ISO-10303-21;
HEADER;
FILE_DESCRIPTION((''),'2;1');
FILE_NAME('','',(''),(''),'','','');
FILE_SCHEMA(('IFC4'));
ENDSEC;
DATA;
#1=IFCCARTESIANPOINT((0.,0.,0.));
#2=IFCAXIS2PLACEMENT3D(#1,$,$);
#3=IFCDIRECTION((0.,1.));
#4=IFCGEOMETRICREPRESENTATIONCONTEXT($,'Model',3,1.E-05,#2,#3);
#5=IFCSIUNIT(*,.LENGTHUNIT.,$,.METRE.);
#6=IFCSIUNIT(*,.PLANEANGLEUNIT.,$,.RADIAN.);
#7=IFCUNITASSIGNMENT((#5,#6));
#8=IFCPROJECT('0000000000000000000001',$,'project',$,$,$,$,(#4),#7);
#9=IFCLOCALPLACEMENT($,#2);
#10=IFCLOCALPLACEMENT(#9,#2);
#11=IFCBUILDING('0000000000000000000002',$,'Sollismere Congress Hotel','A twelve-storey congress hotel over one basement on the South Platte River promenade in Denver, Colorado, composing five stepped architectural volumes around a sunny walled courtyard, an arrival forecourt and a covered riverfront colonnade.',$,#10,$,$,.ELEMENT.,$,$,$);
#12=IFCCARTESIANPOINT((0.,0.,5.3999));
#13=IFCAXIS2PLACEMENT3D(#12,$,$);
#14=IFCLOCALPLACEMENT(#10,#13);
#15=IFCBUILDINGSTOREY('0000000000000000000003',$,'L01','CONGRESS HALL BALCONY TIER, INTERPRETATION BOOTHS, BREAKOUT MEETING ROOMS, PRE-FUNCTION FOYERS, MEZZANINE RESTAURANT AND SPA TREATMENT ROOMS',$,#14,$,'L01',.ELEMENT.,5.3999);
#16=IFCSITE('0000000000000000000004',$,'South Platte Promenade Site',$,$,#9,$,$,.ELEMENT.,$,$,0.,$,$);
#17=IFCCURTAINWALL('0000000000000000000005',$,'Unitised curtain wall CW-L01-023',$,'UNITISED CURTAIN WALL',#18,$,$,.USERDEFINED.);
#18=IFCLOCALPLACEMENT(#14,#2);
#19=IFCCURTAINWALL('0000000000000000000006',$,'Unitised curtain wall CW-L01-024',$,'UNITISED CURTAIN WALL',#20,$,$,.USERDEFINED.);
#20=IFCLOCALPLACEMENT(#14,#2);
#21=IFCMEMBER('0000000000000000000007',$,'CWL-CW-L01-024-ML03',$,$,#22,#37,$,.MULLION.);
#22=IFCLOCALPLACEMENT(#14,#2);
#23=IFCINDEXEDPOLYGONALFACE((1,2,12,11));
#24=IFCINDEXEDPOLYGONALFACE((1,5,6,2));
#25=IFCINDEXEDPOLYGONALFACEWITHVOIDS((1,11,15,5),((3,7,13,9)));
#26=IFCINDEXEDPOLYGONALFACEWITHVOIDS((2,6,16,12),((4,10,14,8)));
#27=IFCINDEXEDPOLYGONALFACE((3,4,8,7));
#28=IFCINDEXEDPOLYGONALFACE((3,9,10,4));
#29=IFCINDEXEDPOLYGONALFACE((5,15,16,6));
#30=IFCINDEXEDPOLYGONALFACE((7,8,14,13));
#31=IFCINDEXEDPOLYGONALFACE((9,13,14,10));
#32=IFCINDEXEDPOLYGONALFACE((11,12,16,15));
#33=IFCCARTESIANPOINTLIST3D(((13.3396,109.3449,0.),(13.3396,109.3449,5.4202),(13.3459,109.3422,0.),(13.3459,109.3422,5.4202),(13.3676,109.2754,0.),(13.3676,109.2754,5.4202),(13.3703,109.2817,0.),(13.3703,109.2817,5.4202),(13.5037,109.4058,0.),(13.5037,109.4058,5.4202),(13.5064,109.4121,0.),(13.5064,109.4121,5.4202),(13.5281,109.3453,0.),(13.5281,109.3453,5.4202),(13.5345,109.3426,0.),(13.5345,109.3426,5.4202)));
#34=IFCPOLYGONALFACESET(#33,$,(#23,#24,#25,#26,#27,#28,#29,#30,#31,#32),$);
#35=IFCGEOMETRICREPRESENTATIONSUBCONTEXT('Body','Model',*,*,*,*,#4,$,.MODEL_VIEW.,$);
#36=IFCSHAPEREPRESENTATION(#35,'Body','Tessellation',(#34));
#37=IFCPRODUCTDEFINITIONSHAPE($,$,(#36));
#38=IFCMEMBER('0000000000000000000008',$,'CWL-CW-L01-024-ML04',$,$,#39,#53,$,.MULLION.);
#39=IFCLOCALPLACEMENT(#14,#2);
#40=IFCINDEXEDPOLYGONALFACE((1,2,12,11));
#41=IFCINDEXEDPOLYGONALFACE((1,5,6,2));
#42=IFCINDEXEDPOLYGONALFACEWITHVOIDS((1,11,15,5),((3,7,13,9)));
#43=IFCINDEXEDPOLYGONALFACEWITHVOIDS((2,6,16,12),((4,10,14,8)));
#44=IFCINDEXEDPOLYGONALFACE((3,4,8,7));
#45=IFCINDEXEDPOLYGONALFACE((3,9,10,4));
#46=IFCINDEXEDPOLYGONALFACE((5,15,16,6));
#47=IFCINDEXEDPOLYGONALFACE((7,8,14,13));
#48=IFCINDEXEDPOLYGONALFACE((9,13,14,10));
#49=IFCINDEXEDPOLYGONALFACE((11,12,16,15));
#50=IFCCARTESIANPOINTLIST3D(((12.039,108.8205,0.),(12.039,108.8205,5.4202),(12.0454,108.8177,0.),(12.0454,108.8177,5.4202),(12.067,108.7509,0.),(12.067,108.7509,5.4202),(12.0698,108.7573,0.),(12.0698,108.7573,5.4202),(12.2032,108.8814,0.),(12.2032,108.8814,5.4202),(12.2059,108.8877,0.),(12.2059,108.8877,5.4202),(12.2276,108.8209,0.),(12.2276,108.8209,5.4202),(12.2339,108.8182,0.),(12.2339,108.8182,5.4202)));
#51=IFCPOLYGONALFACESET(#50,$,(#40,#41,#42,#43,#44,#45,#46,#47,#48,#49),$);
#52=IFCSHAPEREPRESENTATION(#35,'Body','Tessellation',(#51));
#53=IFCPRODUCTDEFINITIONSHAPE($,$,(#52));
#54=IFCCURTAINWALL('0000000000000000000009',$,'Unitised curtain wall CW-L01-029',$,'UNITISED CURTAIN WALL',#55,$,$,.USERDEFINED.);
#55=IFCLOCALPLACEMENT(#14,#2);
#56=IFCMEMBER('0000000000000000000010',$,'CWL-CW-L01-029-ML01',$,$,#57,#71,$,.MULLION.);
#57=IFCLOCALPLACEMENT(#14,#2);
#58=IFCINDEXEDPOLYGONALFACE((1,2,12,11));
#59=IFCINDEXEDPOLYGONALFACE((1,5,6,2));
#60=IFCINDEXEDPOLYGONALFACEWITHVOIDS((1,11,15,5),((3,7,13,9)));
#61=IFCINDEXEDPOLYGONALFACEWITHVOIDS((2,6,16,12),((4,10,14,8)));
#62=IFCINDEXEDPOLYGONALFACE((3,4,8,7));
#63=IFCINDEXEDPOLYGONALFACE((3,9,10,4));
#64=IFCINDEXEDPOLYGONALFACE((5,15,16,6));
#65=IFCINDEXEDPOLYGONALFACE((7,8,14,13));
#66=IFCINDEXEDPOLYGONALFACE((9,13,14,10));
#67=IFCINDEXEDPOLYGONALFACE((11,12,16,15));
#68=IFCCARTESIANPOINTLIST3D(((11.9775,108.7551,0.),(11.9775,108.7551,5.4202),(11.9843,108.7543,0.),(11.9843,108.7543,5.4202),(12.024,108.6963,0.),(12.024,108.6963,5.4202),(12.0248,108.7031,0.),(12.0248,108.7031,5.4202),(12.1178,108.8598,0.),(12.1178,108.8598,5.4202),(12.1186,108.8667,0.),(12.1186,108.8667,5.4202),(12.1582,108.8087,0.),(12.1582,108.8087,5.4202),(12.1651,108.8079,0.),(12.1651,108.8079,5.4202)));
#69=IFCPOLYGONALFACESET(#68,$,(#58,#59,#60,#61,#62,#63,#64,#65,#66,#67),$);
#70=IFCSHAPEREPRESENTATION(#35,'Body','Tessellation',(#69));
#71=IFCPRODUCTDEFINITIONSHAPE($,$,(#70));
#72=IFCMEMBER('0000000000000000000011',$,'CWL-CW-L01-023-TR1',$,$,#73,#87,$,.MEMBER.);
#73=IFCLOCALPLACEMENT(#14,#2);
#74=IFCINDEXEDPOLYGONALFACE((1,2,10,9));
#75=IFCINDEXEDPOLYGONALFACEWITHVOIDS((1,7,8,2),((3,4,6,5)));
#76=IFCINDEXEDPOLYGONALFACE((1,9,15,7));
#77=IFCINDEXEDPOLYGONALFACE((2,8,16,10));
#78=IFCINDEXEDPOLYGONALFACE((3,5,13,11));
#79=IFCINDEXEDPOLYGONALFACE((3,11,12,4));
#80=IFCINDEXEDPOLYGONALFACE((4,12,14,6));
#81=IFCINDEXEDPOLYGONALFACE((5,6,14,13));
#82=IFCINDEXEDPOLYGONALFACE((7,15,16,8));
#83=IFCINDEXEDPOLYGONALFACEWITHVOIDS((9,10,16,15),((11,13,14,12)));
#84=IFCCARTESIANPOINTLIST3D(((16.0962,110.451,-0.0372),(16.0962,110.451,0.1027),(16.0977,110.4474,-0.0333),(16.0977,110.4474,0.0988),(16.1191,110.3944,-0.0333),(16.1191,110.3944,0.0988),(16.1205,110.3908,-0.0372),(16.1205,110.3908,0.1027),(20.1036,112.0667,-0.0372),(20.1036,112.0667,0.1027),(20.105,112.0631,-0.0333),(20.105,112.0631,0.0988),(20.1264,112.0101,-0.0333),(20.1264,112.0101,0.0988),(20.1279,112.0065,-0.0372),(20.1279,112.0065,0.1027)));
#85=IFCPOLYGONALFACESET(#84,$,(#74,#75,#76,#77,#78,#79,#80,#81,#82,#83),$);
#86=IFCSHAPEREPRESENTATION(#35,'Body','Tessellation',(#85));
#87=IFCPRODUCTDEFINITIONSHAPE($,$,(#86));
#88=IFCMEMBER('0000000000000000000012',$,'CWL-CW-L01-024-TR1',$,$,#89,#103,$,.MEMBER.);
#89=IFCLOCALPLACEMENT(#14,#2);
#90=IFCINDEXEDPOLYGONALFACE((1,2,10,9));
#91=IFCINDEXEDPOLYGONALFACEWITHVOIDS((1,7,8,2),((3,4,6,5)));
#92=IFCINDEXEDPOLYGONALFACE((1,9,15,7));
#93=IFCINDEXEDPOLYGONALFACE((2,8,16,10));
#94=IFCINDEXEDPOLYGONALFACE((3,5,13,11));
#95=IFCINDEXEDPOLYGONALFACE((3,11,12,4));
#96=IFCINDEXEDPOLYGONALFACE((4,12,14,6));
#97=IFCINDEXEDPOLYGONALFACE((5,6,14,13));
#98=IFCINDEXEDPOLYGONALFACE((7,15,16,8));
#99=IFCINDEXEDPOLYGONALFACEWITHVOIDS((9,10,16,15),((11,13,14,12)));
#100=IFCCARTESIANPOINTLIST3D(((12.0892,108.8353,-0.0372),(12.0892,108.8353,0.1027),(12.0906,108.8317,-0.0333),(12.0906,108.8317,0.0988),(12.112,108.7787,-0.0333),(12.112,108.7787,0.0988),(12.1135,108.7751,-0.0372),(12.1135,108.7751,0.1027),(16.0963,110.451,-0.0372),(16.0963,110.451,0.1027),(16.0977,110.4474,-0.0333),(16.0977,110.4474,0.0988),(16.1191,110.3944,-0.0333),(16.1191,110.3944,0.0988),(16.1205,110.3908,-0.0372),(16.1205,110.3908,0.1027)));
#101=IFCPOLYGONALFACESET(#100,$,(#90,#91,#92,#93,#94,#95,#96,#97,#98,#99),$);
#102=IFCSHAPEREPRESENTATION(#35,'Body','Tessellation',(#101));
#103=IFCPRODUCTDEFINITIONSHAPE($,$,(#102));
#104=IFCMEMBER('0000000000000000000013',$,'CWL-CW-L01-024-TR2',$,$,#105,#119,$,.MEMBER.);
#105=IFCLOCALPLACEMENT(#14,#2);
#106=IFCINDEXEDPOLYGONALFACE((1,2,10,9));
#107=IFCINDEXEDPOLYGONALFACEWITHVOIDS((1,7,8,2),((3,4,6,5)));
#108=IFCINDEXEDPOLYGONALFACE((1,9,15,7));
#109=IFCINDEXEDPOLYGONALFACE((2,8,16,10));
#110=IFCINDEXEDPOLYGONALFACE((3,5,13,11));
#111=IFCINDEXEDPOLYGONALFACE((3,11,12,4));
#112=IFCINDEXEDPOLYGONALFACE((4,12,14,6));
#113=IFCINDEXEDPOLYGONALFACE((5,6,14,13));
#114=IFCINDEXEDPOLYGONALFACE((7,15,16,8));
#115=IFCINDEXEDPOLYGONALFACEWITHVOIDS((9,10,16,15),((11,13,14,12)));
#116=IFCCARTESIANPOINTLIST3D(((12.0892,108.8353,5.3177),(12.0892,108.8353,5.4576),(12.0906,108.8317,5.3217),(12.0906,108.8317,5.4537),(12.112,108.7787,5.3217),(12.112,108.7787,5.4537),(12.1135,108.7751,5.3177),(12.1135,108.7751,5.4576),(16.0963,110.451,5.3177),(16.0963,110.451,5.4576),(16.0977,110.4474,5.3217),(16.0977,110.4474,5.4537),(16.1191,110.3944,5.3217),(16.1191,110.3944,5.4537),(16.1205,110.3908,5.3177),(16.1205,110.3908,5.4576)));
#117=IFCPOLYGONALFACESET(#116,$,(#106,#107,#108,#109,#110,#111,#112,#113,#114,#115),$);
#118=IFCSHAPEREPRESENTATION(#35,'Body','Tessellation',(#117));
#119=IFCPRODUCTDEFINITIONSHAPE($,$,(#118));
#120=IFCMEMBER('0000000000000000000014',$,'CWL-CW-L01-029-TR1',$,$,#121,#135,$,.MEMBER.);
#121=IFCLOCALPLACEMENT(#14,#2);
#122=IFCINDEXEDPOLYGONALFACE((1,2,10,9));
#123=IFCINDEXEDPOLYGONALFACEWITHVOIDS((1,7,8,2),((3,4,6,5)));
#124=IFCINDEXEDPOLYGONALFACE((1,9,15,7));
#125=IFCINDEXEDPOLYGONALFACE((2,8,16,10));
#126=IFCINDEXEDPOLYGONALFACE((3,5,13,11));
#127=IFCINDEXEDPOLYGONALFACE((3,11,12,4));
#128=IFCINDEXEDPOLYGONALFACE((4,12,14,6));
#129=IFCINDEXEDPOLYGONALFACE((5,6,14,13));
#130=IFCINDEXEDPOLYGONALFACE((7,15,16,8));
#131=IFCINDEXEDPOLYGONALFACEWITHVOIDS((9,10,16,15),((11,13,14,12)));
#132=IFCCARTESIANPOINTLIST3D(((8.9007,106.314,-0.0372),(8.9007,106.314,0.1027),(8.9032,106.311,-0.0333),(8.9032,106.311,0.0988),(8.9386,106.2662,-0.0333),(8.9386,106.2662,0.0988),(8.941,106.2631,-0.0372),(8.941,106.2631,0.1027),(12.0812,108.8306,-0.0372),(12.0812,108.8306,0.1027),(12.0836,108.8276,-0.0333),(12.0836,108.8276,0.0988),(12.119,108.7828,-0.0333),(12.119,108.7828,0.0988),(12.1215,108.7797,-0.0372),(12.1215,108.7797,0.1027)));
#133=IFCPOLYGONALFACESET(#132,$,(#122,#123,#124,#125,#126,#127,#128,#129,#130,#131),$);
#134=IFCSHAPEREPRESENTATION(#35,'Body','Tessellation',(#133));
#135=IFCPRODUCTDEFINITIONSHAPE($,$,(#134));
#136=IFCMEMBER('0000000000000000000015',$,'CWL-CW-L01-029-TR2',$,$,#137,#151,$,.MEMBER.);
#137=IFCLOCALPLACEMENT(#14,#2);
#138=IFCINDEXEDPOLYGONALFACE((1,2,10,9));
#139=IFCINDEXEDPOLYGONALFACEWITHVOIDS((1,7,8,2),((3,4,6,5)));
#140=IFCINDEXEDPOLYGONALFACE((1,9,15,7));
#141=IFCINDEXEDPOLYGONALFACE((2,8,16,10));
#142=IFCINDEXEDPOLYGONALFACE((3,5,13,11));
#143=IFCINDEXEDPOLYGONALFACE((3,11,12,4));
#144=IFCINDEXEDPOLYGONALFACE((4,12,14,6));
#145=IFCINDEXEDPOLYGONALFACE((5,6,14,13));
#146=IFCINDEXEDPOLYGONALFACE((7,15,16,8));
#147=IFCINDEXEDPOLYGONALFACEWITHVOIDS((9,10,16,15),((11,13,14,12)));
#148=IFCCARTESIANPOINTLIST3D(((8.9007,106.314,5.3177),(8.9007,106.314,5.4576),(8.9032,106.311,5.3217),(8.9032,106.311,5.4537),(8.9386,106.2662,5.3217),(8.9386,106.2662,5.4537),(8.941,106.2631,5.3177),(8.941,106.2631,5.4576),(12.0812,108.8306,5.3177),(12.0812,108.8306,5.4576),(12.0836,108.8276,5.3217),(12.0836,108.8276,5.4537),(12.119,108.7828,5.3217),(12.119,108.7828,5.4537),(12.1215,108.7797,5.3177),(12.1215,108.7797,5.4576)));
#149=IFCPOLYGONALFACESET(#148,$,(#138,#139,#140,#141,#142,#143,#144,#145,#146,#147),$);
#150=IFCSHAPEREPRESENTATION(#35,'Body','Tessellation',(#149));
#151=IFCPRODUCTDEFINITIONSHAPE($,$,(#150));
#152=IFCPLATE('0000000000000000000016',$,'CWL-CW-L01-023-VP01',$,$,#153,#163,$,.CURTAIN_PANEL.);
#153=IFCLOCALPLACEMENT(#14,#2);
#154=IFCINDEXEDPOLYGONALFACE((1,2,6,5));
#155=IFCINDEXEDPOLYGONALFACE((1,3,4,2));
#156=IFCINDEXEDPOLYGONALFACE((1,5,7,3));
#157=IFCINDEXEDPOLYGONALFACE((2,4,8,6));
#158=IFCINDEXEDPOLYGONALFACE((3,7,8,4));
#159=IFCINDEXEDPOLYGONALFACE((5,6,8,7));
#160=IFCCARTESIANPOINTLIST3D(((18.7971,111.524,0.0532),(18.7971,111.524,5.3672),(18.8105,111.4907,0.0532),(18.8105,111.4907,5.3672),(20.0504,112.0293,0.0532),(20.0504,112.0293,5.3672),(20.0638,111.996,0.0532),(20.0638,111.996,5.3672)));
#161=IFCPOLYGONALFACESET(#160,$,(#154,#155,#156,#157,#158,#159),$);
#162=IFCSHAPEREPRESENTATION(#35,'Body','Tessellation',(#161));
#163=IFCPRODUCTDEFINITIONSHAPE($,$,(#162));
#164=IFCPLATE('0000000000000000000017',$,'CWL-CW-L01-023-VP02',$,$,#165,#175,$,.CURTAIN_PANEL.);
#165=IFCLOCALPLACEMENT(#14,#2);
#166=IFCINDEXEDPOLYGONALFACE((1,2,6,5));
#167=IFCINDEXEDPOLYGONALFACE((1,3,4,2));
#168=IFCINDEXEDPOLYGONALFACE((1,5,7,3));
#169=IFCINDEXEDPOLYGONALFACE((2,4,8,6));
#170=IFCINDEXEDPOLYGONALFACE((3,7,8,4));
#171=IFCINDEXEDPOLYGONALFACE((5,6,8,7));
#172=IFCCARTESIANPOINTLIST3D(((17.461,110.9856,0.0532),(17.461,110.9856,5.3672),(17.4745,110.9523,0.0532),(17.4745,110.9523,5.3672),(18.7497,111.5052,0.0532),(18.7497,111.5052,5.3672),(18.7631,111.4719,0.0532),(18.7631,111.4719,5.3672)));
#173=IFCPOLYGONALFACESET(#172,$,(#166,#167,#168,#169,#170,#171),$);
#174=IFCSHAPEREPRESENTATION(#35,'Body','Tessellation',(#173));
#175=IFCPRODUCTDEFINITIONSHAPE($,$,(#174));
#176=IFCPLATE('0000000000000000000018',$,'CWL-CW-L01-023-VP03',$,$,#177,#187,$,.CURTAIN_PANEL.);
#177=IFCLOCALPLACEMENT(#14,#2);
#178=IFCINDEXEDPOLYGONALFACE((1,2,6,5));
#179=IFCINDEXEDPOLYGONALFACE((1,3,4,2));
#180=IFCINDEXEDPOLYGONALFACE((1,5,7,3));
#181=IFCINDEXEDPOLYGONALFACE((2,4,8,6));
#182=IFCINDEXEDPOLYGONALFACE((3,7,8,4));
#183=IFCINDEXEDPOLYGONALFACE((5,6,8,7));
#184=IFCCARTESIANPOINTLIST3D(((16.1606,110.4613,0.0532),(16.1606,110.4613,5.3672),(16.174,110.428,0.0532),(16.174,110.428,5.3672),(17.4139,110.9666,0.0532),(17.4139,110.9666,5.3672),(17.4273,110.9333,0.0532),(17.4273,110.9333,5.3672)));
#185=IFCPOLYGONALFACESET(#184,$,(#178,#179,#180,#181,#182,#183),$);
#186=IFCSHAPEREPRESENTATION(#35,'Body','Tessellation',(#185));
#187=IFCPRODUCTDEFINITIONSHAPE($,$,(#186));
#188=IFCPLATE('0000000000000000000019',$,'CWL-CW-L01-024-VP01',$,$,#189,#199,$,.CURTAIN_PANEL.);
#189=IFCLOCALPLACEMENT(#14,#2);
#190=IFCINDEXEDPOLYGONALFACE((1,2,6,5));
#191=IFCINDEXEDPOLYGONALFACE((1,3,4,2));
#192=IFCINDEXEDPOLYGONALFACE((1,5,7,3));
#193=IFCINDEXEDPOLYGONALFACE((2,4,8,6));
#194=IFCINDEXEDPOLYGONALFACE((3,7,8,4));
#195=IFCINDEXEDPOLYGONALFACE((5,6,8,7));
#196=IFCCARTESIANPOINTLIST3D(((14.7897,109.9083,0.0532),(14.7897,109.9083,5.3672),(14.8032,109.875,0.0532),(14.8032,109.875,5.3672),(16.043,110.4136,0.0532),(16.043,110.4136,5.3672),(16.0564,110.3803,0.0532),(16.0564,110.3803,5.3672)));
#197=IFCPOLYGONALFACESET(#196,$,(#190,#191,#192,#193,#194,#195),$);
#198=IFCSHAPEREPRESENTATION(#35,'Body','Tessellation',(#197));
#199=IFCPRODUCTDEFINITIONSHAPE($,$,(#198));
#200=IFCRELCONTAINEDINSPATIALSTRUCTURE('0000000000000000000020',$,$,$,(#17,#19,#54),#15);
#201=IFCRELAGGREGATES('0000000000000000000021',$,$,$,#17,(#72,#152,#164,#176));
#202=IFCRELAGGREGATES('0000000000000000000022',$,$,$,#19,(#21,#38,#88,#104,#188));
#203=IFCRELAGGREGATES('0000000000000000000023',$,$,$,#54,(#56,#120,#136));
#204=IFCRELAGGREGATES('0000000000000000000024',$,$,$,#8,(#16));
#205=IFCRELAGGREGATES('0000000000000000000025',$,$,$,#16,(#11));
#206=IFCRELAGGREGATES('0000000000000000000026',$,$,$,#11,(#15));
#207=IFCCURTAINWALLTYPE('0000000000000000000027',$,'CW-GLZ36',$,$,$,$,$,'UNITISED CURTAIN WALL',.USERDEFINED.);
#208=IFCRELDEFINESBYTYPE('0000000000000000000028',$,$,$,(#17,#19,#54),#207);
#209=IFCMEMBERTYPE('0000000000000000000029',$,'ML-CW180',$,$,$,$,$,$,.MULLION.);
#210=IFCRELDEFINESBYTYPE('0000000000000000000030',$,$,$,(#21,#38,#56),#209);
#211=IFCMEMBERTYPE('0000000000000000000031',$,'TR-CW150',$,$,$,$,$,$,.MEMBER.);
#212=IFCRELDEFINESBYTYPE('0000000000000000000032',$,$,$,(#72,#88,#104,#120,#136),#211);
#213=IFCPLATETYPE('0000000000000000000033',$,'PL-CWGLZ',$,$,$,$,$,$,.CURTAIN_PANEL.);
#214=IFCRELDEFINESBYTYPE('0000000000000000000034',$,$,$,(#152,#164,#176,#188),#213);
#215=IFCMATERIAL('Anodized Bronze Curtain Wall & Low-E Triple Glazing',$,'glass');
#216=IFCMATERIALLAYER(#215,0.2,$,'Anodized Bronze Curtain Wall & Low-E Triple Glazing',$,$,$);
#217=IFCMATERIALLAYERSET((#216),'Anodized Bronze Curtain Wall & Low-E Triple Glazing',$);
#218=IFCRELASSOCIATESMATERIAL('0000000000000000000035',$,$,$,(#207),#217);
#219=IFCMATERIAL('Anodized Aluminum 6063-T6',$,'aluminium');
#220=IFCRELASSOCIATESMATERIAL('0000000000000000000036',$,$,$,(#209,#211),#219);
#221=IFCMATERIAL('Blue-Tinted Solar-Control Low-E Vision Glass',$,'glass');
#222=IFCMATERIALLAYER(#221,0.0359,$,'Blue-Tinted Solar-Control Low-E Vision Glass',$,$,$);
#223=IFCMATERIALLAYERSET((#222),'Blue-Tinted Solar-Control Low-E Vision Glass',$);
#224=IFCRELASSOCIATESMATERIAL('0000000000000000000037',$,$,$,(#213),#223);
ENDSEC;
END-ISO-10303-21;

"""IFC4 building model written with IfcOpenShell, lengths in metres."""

from ifc_helpers import new_model, si_unit, direction, frame, origin, origin_2d, place, context, subcontext, project, spatial, rectangle, hollow_rectangle, extrude, material, layer, layer_set, material_profile, profile_set, type_object, element, aggregate, save


model = new_model("IFC4")

# Units and contexts
model_context = context("Model", 3, precision=1e-05, world=origin(), true_north=direction((0.0, 1.0)))
body_context = subcontext(model_context, "Body", "Model", "MODEL_VIEW")
ifc_project = project(units=[si_unit("LENGTHUNIT", "METRE"), si_unit("PLANEANGLEUNIT", "RADIAN")], contexts=[model_context])

# Site, building, storey
site_placement = place(None, origin())
site = spatial("IfcSite", under=ifc_project, at=site_placement, Name="South Platte Promenade Site", CompositionType="ELEMENT", RefElevation=0.0)
building_placement = place(site_placement, origin())
building = spatial("IfcBuilding", under=site, at=building_placement, Name="Sollismere Congress Hotel", Description="A twelve-storey congress hotel over one basement on the South Platte River promenade in Denver, Colorado, composing five stepped architectural volumes around a sunny walled courtyard, an arrival forecourt and a covered riverfront colonnade.", CompositionType="ELEMENT")
storey_placement = place(building_placement, frame((0.0, 0.0, 5.3999)))
storey = spatial("IfcBuildingStorey", under=building, at=storey_placement, Name="L01", Description="CONGRESS HALL BALCONY TIER, INTERPRETATION BOOTHS, BREAKOUT MEETING ROOMS, PRE-FUNCTION FOYERS, MEZZANINE RESTAURANT AND SPA TREATMENT ROOMS", LongName="L01", CompositionType="ELEMENT", Elevation=5.3999)

# Curtain walls, members
ifc_material_1 = material(Name="Anodized Bronze Curtain Wall & Low-E Triple Glazing", Category="glass")
ifc_layer_1 = layer(ifc_material_1, 0.2, Name="Anodized Bronze Curtain Wall & Low-E Triple Glazing")
ifc_layer_set_1 = layer_set([ifc_layer_1], Name="Anodized Bronze Curtain Wall & Low-E Triple Glazing")
curtain_wall_type = type_object("IfcCurtainWallType", Name="CW-GLZ36", ElementType="UNITISED CURTAIN WALL", PredefinedType="USERDEFINED", material=ifc_layer_set_1)
curtain_wall_1_placement = place(storey_placement, origin())
curtain_wall_1 = element("IfcCurtainWall", 1, at=curtain_wall_1_placement, inside=storey, type_object=curtain_wall_type, Name="Unitised curtain wall CW-L01-023", ObjectType="UNITISED CURTAIN WALL", PredefinedType="USERDEFINED")
ifc_material_2 = material(Name="Anodized Aluminum 6063-T6", Category="aluminium")
ifc_material_profile_1 = material_profile(ifc_material_2, hollow_rectangle(XDim=0.075, YDim=0.1799, WallThickness=0.0049, at=origin_2d()), Name="ALU180X75X5")
ifc_profile_set_1 = profile_set([ifc_material_profile_1], Name="Anodized Aluminum 6063-T6")
member_type_1 = type_object("IfcMemberType", Name="ML-CW180", PredefinedType="MULLION", material=ifc_profile_set_1)
curtain_wall_2_placement = place(storey_placement, origin())
curtain_wall_2 = element("IfcCurtainWall", 2, at=curtain_wall_2_placement, inside=storey, type_object=curtain_wall_type, Name="Unitised curtain wall CW-L01-024", ObjectType="UNITISED CURTAIN WALL", PredefinedType="USERDEFINED")
member_1_placement = place(storey_placement, frame((13.437, 109.3438, 0.0), z_axis=(0.0, 0.0, 1.0), x_axis=(0.373943, -0.927452, 0.0)))
member_1 = element("IfcMember", 3, at=member_1_placement, type_object=member_type_1, Name="CWL-CW-L01-024-ML03", PredefinedType="MULLION", context=body_context, shape_type="SweptSolid", body=[
    extrude(hollow_rectangle(XDim=0.075, YDim=0.1799, WallThickness=0.0049, at=origin_2d()), origin(), (0.0, 0.0, 1.0), 5.4202),
])
member_2_placement = place(storey_placement, frame((12.1365, 108.8193, 0.0), z_axis=(0.0, 0.0, 1.0), x_axis=(0.373943, -0.927452, 0.0)))
member_2 = element("IfcMember", 4, at=member_2_placement, type_object=member_type_1, Name="CWL-CW-L01-024-ML04", PredefinedType="MULLION", context=body_context, shape_type="SweptSolid", body=[
    extrude(hollow_rectangle(XDim=0.075, YDim=0.1799, WallThickness=0.0049, at=origin_2d()), origin(), (0.0, 0.0, 1.0), 5.4202),
])

# Curtain wall, member
curtain_wall_3_placement = place(storey_placement, origin())
curtain_wall_3 = element("IfcCurtainWall", 5, at=curtain_wall_3_placement, inside=storey, type_object=curtain_wall_type, Name="Unitised curtain wall CW-L01-029", ObjectType="UNITISED CURTAIN WALL", PredefinedType="USERDEFINED")
member_3_placement = place(storey_placement, frame((12.0713, 108.7815, 0.0), z_axis=(0.0, 0.0, 1.0), x_axis=(0.620532, -0.784181, 0.0)))
member_3 = element("IfcMember", 6, at=member_3_placement, type_object=member_type_1, Name="CWL-CW-L01-029-ML01", PredefinedType="MULLION", context=body_context, shape_type="SweptSolid", body=[
    extrude(hollow_rectangle(XDim=0.075, YDim=0.1799, WallThickness=0.0049, at=origin_2d()), origin(), (0.0, 0.0, 1.0), 5.4202),
])

# Members
ifc_material_profile_2 = material_profile(ifc_material_2, hollow_rectangle(XDim=0.0649, YDim=0.1399, WallThickness=0.0039, at=origin_2d()), Name="ALU140X65X4")
ifc_profile_set_2 = profile_set([ifc_material_profile_2], Name="Anodized Aluminum 6063-T6")
member_type_2 = type_object("IfcMemberType", Name="TR-CW150", PredefinedType="MEMBER", material=ifc_profile_set_2)
member_4_placement = place(storey_placement, frame((20.1157, 112.0366, 0.0327), z_axis=(-0.927452, -0.373942, 0.0), x_axis=(0.373942, -0.927452, 0.0)))
member_4 = element("IfcMember", 7, at=member_4_placement, type_object=member_type_2, Name="CWL-CW-L01-023-TR1", PredefinedType="MEMBER", context=body_context, shape_type="SweptSolid", body=[
    extrude(hollow_rectangle(XDim=0.0649, YDim=0.1399, WallThickness=0.0039, at=origin_2d()), origin(), (0.0, 0.0, 1.0), 4.3208),
])
member_5_placement = place(storey_placement, frame((16.1084, 110.4209, 0.0327), z_axis=(-0.927444, -0.373961, 0.0), x_axis=(0.373961, -0.927444, 0.0)))
member_5 = element("IfcMember", 8, at=member_5_placement, type_object=member_type_2, Name="CWL-CW-L01-024-TR1", PredefinedType="MEMBER", context=body_context, shape_type="SweptSolid", body=[
    extrude(hollow_rectangle(XDim=0.0649, YDim=0.1399, WallThickness=0.0039, at=origin_2d()), origin(), (0.0, 0.0, 1.0), 4.3206),
])
member_6_placement = place(storey_placement, frame((16.1084, 110.4209, 5.3877), z_axis=(-0.927444, -0.373961, 0.0), x_axis=(0.373961, -0.927444, 0.0)))
member_6 = element("IfcMember", 9, at=member_6_placement, type_object=member_type_2, Name="CWL-CW-L01-024-TR2", PredefinedType="MEMBER", context=body_context, shape_type="SweptSolid", body=[
    extrude(hollow_rectangle(XDim=0.0649, YDim=0.1399, WallThickness=0.0039, at=origin_2d()), origin(), (0.0, 0.0, 1.0), 4.3206),
])
member_7_placement = place(storey_placement, frame((12.1013, 108.8052, 0.0327), z_axis=(-0.784194, -0.620516, 0.0), x_axis=(0.620516, -0.784194, 0.0)))
member_7 = element("IfcMember", 10, at=member_7_placement, type_object=member_type_2, Name="CWL-CW-L01-029-TR1", PredefinedType="MEMBER", context=body_context, shape_type="SweptSolid", body=[
    extrude(hollow_rectangle(XDim=0.0649, YDim=0.1399, WallThickness=0.0039, at=origin_2d()), origin(), (0.0, 0.0, 1.0), 4.0557),
])
member_8_placement = place(storey_placement, frame((12.1013, 108.8052, 5.3877), z_axis=(-0.784194, -0.620516, 0.0), x_axis=(0.620516, -0.784194, 0.0)))
member_8 = element("IfcMember", 11, at=member_8_placement, type_object=member_type_2, Name="CWL-CW-L01-029-TR2", PredefinedType="MEMBER", context=body_context, shape_type="SweptSolid", body=[
    extrude(hollow_rectangle(XDim=0.0649, YDim=0.1399, WallThickness=0.0039, at=origin_2d()), origin(), (0.0, 0.0, 1.0), 4.0557),
])

# Plates
ifc_material_3 = material(Name="Blue-Tinted Solar-Control Low-E Vision Glass", Category="glass")
ifc_layer_2 = layer(ifc_material_3, 0.0359, Name="Blue-Tinted Solar-Control Low-E Vision Glass")
ifc_layer_set_2 = layer_set([ifc_layer_2], Name="Blue-Tinted Solar-Control Low-E Vision Glass")
plate_type_1 = type_object("IfcPlateType", Name="PL-CWGLZ", PredefinedType="CURTAIN_PANEL", material=ifc_layer_set_2)
plate_1_placement = place(storey_placement, frame((19.4304, 111.76, 0.0532), z_axis=(0.0, 0.0, 1.0), x_axis=(-0.927452, -0.373943, 0.0)))
plate_1 = element("IfcPlate", 12, at=plate_1_placement, type_object=plate_type_1, Name="CWL-CW-L01-023-VP01", PredefinedType="CURTAIN_PANEL", context=body_context, shape_type="SweptSolid", body=[
    extrude(rectangle(XDim=1.3513, YDim=0.0359, at=origin_2d()), origin(), (0.0, 0.0, 1.0), 5.314),
])
plate_2_placement = place(storey_placement, frame((18.1121, 111.2288, 0.0532), z_axis=(0.0, 0.0, 1.0), x_axis=(-0.927452, -0.373943, 0.0)))
plate_2 = element("IfcPlate", 13, at=plate_2_placement, type_object=plate_type_1, Name="CWL-CW-L01-023-VP02", PredefinedType="CURTAIN_PANEL", context=body_context, shape_type="SweptSolid", body=[
    extrude(rectangle(XDim=1.3894, YDim=0.0359, at=origin_2d()), origin(), (0.0, 0.0, 1.0), 5.314),
])
plate_3_placement = place(storey_placement, frame((16.7939, 110.6973, 0.0532), z_axis=(0.0, 0.0, 1.0), x_axis=(-0.927452, -0.373943, 0.0)))
plate_3 = element("IfcPlate", 14, at=plate_3_placement, type_object=plate_type_1, Name="CWL-CW-L01-023-VP03", PredefinedType="CURTAIN_PANEL", context=body_context, shape_type="SweptSolid", body=[
    extrude(rectangle(XDim=1.3513, YDim=0.0359, at=origin_2d()), origin(), (0.0, 0.0, 1.0), 5.314),
])
aggregate(curtain_wall_1, [member_4, plate_1, plate_2, plate_3])
plate_4_placement = place(storey_placement, frame((15.4231, 110.1443, 0.0532), z_axis=(0.0, 0.0, 1.0), x_axis=(-0.927452, -0.373943, 0.0)))
plate_4 = element("IfcPlate", 15, at=plate_4_placement, type_object=plate_type_1, Name="CWL-CW-L01-024-VP01", PredefinedType="CURTAIN_PANEL", context=body_context, shape_type="SweptSolid", body=[
    extrude(rectangle(XDim=1.3513, YDim=0.0359, at=origin_2d()), origin(), (0.0, 0.0, 1.0), 5.314),
])
aggregate(curtain_wall_2, [member_1, member_2, member_5, member_6, plate_4])
aggregate(curtain_wall_3, [member_3, member_7, member_8])

save(model, "model.ifc")
